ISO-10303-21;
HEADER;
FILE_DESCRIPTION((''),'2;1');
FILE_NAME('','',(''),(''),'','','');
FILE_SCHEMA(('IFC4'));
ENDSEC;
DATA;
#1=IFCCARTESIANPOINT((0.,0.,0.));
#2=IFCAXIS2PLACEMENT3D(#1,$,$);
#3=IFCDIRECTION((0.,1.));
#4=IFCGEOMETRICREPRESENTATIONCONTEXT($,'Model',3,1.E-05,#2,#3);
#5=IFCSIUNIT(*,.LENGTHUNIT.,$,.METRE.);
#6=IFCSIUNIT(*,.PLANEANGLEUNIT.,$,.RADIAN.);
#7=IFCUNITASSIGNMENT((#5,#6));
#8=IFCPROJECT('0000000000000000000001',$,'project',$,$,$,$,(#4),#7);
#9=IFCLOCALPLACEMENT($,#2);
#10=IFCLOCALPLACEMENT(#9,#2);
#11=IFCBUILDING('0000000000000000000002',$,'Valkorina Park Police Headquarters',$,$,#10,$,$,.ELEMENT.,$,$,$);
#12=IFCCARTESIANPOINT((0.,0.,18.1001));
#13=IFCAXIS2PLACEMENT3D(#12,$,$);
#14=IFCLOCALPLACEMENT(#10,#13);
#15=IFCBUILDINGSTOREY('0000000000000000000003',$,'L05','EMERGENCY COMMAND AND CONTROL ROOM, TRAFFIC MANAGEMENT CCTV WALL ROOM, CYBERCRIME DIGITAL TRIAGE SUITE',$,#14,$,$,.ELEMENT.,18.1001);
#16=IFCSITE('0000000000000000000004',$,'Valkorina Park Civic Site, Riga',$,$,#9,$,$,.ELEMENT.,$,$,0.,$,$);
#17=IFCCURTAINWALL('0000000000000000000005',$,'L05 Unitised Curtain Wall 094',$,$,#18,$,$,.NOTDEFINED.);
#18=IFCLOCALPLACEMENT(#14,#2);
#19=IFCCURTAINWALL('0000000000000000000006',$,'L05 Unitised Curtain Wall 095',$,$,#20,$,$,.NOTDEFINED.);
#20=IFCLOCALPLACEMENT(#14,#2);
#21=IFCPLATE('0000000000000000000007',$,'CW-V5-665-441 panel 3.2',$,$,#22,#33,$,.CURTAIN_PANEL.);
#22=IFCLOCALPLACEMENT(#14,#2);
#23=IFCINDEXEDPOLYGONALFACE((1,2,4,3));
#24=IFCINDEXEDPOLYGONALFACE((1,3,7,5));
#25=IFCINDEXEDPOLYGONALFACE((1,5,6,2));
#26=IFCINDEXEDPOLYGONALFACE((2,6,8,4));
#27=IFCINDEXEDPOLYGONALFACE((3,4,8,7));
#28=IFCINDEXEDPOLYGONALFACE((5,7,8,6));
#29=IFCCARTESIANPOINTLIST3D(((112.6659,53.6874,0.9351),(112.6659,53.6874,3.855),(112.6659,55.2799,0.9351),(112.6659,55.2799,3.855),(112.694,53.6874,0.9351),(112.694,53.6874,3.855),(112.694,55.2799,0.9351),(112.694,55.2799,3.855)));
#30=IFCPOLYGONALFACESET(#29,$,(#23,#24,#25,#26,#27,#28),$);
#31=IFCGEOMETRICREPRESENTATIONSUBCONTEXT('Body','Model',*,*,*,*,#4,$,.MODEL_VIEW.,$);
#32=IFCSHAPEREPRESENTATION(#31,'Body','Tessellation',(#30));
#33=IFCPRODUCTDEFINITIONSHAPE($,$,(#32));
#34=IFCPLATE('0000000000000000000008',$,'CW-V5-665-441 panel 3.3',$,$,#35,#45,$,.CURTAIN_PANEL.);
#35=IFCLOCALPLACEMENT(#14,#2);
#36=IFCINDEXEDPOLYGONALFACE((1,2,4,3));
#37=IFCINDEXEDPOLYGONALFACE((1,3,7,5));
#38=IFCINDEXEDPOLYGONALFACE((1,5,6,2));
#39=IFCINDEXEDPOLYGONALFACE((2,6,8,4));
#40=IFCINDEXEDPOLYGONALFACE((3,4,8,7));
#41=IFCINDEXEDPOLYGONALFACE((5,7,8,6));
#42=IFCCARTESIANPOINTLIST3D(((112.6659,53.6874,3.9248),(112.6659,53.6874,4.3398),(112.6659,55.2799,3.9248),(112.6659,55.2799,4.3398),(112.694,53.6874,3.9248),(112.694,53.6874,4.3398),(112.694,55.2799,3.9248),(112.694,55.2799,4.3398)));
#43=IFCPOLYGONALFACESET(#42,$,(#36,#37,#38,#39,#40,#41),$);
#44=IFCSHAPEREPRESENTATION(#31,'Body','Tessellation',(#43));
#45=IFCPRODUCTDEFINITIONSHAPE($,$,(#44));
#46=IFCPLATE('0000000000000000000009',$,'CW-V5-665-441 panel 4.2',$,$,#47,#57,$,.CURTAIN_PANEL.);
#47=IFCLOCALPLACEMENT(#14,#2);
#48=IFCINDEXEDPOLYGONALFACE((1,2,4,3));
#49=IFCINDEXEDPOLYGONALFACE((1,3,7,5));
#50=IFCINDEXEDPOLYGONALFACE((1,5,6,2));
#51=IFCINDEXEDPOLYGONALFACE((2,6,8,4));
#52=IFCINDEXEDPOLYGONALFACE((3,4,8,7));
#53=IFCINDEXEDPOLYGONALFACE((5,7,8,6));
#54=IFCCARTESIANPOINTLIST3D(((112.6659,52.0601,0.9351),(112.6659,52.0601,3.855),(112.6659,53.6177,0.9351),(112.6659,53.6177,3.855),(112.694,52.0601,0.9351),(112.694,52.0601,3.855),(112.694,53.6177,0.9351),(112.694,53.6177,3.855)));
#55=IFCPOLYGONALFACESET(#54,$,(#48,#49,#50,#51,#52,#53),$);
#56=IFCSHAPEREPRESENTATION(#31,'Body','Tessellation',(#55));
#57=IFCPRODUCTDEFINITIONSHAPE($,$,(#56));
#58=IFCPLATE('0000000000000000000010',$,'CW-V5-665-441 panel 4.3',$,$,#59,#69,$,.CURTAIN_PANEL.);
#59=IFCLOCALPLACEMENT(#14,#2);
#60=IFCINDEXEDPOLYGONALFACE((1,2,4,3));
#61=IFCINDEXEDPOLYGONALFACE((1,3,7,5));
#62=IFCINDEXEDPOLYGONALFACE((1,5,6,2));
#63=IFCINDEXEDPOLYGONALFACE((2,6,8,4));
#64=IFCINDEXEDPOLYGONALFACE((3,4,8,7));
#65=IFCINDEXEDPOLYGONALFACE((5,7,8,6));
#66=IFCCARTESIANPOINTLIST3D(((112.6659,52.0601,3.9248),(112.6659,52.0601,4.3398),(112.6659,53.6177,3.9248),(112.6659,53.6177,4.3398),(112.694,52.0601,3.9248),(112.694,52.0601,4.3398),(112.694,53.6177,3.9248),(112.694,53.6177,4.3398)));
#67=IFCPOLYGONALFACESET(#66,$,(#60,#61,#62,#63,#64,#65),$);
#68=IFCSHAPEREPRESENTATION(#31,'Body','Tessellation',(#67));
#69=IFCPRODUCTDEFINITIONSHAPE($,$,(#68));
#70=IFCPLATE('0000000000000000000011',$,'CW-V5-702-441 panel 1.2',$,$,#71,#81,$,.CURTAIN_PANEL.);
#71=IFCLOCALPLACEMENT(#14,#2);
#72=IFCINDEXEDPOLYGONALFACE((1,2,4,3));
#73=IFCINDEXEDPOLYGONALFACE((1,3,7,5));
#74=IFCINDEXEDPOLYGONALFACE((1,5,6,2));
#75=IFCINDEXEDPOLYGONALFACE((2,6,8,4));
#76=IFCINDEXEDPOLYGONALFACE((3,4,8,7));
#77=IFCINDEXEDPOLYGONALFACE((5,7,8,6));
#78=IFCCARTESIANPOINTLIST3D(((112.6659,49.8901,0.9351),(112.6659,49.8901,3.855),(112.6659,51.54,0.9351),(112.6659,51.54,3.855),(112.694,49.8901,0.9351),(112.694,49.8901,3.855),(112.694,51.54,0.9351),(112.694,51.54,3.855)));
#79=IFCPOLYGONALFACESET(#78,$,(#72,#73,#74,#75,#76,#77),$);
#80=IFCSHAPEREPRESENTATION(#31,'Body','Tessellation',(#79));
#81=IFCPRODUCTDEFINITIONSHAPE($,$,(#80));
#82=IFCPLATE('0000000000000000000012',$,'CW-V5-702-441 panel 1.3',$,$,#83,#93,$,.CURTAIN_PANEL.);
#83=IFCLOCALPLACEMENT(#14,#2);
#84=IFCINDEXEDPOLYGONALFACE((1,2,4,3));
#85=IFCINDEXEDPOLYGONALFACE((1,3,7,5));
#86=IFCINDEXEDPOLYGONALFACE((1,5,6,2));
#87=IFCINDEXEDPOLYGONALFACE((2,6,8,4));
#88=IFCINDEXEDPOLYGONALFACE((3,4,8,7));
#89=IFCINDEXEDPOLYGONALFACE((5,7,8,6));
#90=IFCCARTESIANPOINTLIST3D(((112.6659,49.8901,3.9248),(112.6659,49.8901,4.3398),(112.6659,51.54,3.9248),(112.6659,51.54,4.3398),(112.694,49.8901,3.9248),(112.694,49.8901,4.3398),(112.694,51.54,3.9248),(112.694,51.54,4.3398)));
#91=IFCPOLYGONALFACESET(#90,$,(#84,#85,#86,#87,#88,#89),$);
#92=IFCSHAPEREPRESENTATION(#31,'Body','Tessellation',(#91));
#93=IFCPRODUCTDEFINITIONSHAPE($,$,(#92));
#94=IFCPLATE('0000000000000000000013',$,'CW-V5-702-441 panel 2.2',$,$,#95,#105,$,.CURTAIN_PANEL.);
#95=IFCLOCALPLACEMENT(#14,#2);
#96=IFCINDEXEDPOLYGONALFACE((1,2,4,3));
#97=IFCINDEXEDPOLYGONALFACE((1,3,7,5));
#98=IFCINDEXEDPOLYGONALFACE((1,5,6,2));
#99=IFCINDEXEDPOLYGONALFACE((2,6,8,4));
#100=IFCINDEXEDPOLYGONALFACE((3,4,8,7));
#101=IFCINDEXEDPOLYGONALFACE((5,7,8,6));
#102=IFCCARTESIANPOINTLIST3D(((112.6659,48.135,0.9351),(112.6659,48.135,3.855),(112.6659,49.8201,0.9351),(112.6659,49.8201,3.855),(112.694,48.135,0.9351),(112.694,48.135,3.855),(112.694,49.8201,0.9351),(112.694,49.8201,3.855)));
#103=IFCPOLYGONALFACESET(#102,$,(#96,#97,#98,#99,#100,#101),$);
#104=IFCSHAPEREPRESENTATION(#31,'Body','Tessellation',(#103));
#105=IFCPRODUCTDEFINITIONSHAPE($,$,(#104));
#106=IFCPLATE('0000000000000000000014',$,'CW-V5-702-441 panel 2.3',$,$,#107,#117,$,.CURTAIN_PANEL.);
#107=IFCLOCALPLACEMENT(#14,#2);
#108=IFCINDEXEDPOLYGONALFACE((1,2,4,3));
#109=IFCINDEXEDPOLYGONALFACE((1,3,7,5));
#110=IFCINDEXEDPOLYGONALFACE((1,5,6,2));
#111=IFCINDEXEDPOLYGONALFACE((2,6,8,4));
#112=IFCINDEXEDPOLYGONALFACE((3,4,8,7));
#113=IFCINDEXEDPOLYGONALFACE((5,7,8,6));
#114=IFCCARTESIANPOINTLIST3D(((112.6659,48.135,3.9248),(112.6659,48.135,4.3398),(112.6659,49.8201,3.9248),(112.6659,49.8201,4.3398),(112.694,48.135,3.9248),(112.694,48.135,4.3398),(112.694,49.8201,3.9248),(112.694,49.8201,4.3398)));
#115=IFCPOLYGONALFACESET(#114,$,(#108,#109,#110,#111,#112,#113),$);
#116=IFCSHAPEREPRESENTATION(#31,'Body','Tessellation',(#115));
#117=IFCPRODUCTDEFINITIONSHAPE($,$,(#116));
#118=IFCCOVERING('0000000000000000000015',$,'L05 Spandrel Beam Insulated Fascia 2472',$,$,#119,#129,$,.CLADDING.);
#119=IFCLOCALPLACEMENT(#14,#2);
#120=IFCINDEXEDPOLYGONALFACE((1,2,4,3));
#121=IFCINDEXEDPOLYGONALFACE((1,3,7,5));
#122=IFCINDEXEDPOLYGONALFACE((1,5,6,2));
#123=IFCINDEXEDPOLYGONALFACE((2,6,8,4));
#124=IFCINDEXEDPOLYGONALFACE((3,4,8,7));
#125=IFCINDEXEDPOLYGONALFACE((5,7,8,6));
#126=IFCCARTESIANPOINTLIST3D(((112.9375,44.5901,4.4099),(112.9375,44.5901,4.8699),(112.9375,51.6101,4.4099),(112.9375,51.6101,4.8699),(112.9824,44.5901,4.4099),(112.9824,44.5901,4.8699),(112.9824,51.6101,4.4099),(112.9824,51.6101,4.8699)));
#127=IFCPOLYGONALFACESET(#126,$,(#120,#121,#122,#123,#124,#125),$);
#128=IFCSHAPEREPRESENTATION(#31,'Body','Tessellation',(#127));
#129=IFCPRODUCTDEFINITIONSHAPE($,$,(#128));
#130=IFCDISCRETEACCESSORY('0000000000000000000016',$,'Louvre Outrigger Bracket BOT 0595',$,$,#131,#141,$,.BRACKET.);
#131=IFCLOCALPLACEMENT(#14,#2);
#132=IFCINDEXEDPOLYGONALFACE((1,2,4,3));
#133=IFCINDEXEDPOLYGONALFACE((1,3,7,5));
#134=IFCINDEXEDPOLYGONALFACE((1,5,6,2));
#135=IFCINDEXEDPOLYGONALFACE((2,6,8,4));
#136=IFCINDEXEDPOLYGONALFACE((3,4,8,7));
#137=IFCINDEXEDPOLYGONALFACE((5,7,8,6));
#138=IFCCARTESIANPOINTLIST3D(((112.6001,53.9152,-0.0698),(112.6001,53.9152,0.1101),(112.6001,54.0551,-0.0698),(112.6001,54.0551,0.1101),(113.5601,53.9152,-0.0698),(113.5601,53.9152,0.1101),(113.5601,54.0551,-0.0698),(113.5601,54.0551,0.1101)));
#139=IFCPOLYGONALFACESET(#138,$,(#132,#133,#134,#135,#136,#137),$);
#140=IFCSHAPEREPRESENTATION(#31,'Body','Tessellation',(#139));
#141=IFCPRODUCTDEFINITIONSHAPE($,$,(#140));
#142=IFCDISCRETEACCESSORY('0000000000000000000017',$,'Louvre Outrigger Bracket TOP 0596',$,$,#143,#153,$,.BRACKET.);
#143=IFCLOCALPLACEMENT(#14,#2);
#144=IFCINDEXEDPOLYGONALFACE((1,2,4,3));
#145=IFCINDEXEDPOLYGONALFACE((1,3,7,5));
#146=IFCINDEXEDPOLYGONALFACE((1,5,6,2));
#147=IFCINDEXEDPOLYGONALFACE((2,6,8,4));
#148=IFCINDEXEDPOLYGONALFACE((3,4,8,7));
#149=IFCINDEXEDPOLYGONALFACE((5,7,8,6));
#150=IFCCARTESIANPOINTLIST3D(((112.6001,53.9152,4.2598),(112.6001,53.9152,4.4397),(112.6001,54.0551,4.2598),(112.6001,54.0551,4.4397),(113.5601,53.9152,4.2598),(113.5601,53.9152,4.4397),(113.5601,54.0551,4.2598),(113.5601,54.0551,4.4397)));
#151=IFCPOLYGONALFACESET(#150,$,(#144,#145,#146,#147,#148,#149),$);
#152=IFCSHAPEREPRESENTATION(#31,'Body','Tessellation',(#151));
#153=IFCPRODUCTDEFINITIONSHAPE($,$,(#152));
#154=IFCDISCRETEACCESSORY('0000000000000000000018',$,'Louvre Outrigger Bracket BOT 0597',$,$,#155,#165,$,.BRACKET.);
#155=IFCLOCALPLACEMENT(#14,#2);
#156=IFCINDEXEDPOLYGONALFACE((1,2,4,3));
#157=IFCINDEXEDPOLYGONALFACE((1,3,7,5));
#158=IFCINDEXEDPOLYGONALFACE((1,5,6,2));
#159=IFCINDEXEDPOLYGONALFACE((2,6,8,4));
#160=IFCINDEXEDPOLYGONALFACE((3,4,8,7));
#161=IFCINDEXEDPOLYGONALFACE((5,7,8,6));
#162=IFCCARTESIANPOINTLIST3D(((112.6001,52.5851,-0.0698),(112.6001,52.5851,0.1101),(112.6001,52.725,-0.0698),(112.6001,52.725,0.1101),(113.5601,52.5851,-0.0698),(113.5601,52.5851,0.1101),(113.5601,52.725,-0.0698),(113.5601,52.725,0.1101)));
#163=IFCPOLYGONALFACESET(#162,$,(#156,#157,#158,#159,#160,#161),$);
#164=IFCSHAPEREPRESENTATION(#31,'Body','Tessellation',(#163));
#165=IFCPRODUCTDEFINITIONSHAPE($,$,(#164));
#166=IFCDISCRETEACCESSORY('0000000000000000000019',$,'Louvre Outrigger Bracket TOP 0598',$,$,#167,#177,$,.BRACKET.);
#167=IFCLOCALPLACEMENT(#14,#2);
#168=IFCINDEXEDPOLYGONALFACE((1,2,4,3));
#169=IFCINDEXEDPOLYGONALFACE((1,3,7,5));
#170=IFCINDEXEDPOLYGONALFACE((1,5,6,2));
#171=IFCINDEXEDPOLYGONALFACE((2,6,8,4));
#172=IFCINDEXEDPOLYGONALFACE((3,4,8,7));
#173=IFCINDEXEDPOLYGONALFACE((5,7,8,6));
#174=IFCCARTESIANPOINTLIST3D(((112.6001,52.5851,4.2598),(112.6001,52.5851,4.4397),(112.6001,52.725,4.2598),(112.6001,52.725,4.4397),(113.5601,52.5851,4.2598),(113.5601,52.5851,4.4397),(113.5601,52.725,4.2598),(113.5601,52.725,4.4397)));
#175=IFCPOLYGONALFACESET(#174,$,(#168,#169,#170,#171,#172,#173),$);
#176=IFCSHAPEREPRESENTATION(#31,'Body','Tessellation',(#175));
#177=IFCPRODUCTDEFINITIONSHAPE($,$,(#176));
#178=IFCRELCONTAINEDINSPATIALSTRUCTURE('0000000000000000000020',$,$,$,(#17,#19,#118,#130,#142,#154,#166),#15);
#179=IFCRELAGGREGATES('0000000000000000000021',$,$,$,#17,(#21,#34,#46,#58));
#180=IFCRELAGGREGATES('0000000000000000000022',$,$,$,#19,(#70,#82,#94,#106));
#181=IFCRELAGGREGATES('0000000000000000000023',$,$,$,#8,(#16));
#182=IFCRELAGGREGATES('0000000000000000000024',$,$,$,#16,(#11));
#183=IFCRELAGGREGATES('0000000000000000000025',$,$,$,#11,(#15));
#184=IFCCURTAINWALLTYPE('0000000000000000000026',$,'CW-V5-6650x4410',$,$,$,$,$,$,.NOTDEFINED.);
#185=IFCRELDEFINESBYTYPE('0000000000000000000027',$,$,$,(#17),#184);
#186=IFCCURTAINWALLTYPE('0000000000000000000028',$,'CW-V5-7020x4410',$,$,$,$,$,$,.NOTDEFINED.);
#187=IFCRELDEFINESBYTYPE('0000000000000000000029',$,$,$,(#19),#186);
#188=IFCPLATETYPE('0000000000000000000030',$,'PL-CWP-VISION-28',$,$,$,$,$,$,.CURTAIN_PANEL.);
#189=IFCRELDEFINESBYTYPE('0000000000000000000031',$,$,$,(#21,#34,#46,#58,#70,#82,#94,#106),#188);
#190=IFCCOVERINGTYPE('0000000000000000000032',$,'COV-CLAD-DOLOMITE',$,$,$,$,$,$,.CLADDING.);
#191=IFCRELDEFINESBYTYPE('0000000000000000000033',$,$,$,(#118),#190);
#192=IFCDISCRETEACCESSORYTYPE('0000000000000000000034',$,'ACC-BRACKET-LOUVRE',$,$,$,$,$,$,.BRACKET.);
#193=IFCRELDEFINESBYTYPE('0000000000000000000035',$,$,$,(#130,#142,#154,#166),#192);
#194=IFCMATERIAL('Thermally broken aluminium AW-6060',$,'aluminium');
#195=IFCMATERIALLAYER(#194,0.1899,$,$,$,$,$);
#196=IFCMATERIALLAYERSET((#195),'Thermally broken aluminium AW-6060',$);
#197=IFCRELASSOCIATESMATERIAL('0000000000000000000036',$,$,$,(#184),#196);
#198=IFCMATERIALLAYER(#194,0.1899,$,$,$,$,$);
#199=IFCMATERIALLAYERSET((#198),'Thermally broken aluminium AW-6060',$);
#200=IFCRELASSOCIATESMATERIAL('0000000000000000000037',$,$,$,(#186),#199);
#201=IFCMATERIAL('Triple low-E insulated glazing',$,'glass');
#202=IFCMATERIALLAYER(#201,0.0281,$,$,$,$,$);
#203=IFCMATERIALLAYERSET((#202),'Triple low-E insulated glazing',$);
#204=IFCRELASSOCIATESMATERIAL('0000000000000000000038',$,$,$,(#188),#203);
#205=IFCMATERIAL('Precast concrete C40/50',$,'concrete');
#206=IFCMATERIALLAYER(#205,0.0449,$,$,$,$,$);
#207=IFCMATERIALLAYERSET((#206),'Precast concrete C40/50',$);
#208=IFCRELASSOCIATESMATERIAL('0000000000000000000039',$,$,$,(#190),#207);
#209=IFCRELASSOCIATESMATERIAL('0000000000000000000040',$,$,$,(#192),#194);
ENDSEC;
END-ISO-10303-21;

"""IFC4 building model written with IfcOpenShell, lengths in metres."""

from ifc_helpers import new_model, si_unit, direction, frame, frame_2d, origin, origin_2d, place, context, subcontext, project, spatial, rectangle, extrude, material, layer, layer_set, type_object, element, aggregate, save


model = new_model("IFC4")

# Units and contexts
model_context = context("Model", 3, precision=1e-05, world=origin(), true_north=direction((0.0, 1.0)))
body_context = subcontext(model_context, "Body", "Model", "MODEL_VIEW")
ifc_project = project(units=[si_unit("LENGTHUNIT", "METRE"), si_unit("PLANEANGLEUNIT", "RADIAN")], contexts=[model_context])

# Site, building, storey
site_placement = place(None, origin())
site = spatial("IfcSite", under=ifc_project, at=site_placement, Name="Valkorina Park Civic Site, Riga", CompositionType="ELEMENT", RefElevation=0.0)
building_placement = place(site_placement, origin())
building = spatial("IfcBuilding", under=site, at=building_placement, Name="Valkorina Park Police Headquarters", CompositionType="ELEMENT")
storey_placement = place(building_placement, frame((0.0, 0.0, 18.1001)))
storey = spatial("IfcBuildingStorey", under=building, at=storey_placement, Name="L05", Description="EMERGENCY COMMAND AND CONTROL ROOM, TRAFFIC MANAGEMENT CCTV WALL ROOM, CYBERCRIME DIGITAL TRIAGE SUITE", CompositionType="ELEMENT", Elevation=18.1001)

# Curtain walls
ifc_material_1 = material(Name="Thermally broken aluminium AW-6060", Category="aluminium")
ifc_layer_1 = layer(ifc_material_1, 0.1899)
ifc_layer_set_1 = layer_set([ifc_layer_1], Name="Thermally broken aluminium AW-6060")
curtain_wall_type_1 = type_object("IfcCurtainWallType", Name="CW-V5-6650x4410", PredefinedType="NOTDEFINED", material=ifc_layer_set_1)
curtain_wall_1_placement = place(storey_placement, origin())
curtain_wall_1 = element("IfcCurtainWall", 1, at=curtain_wall_1_placement, inside=storey, type_object=curtain_wall_type_1, Name="L05 Unitised Curtain Wall 094", PredefinedType="NOTDEFINED")
ifc_layer_2 = layer(ifc_material_1, 0.1899)
ifc_layer_set_2 = layer_set([ifc_layer_2], Name="Thermally broken aluminium AW-6060")
curtain_wall_type_2 = type_object("IfcCurtainWallType", Name="CW-V5-7020x4410", PredefinedType="NOTDEFINED", material=ifc_layer_set_2)
curtain_wall_2_placement = place(storey_placement, origin())
curtain_wall_2 = element("IfcCurtainWall", 2, at=curtain_wall_2_placement, inside=storey, type_object=curtain_wall_type_2, Name="L05 Unitised Curtain Wall 095", PredefinedType="NOTDEFINED")

# Plates
ifc_material_2 = material(Name="Triple low-E insulated glazing", Category="glass")
ifc_layer_3 = layer(ifc_material_2, 0.0281)
ifc_layer_set_3 = layer_set([ifc_layer_3], Name="Triple low-E insulated glazing")
plate_type_1 = type_object("IfcPlateType", Name="PL-CWP-VISION-28", PredefinedType="CURTAIN_PANEL", material=ifc_layer_set_3)
plate_1_placement = place(storey_placement, frame((112.6799, 54.4836, 0.9351), z_axis=(0.0, 0.0, 1.0), x_axis=(0.0, -1.0, 0.0)))
plate_1 = element("IfcPlate", 3, at=plate_1_placement, type_object=plate_type_1, Name="CW-V5-665-441 panel 3.2", PredefinedType="CURTAIN_PANEL", context=body_context, shape_type="SweptSolid", body=[
    extrude(rectangle(XDim=1.5925, YDim=0.0281, at=origin_2d()), origin(), (0.0, 0.0, 1.0), 2.9199),
])
plate_2_placement = place(storey_placement, frame((112.6799, 54.4836, 3.9248), z_axis=(0.0, 0.0, 1.0), x_axis=(0.0, -1.0, 0.0)))
plate_2 = element("IfcPlate", 4, at=plate_2_placement, type_object=plate_type_1, Name="CW-V5-665-441 panel 3.3", PredefinedType="CURTAIN_PANEL", context=body_context, shape_type="SweptSolid", body=[
    extrude(rectangle(XDim=1.5925, YDim=0.0281, at=origin_2d()), origin(), (0.0, 0.0, 1.0), 0.415),
])
plate_3_placement = place(storey_placement, frame((112.6799, 52.8389, 0.9351), z_axis=(0.0, 0.0, 1.0), x_axis=(0.0, -1.0, 0.0)))
plate_3 = element("IfcPlate", 5, at=plate_3_placement, type_object=plate_type_1, Name="CW-V5-665-441 panel 4.2", PredefinedType="CURTAIN_PANEL", context=body_context, shape_type="SweptSolid", body=[
    extrude(rectangle(XDim=1.5576, YDim=0.0281, at=origin_2d()), origin(), (0.0, 0.0, 1.0), 2.9199),
])
plate_4_placement = place(storey_placement, frame((112.6799, 52.8389, 3.9248), z_axis=(0.0, 0.0, 1.0), x_axis=(0.0, -1.0, 0.0)))
plate_4 = element("IfcPlate", 6, at=plate_4_placement, type_object=plate_type_1, Name="CW-V5-665-441 panel 4.3", PredefinedType="CURTAIN_PANEL", context=body_context, shape_type="SweptSolid", body=[
    extrude(rectangle(XDim=1.5576, YDim=0.0281, at=origin_2d()), origin(), (0.0, 0.0, 1.0), 0.415),
])
aggregate(curtain_wall_1, [plate_1, plate_2, plate_3, plate_4])
plate_5_placement = place(storey_placement, frame((112.6799, 50.7151, 0.9351), z_axis=(0.0, 0.0, 1.0), x_axis=(0.0, -1.0, 0.0)))
plate_5 = element("IfcPlate", 7, at=plate_5_placement, type_object=plate_type_1, Name="CW-V5-702-441 panel 1.2", PredefinedType="CURTAIN_PANEL", context=body_context, shape_type="SweptSolid", body=[
    extrude(rectangle(XDim=1.6499, YDim=0.0281, at=origin_2d()), origin(), (0.0, 0.0, 1.0), 2.9199),
])
plate_6_placement = place(storey_placement, frame((112.6799, 50.7151, 3.9248), z_axis=(0.0, 0.0, 1.0), x_axis=(0.0, -1.0, 0.0)))
plate_6 = element("IfcPlate", 8, at=plate_6_placement, type_object=plate_type_1, Name="CW-V5-702-441 panel 1.3", PredefinedType="CURTAIN_PANEL", context=body_context, shape_type="SweptSolid", body=[
    extrude(rectangle(XDim=1.6499, YDim=0.0281, at=origin_2d()), origin(), (0.0, 0.0, 1.0), 0.415),
])
plate_7_placement = place(storey_placement, frame((112.6799, 48.9775, 0.9351), z_axis=(0.0, 0.0, 1.0), x_axis=(0.0, -1.0, 0.0)))
plate_7 = element("IfcPlate", 9, at=plate_7_placement, type_object=plate_type_1, Name="CW-V5-702-441 panel 2.2", PredefinedType="CURTAIN_PANEL", context=body_context, shape_type="SweptSolid", body=[
    extrude(rectangle(XDim=1.6851, YDim=0.0281, at=origin_2d()), origin(), (0.0, 0.0, 1.0), 2.9199),
])
plate_8_placement = place(storey_placement, frame((112.6799, 48.9775, 3.9248), z_axis=(0.0, 0.0, 1.0), x_axis=(0.0, -1.0, 0.0)))
plate_8 = element("IfcPlate", 10, at=plate_8_placement, type_object=plate_type_1, Name="CW-V5-702-441 panel 2.3", PredefinedType="CURTAIN_PANEL", context=body_context, shape_type="SweptSolid", body=[
    extrude(rectangle(XDim=1.6851, YDim=0.0281, at=origin_2d()), origin(), (0.0, 0.0, 1.0), 0.415),
])
aggregate(curtain_wall_2, [plate_5, plate_6, plate_7, plate_8])

# Covering
ifc_material_3 = material(Name="Precast concrete C40/50", Category="concrete")
ifc_layer_4 = layer(ifc_material_3, 0.0449)
ifc_layer_set_4 = layer_set([ifc_layer_4], Name="Precast concrete C40/50")
covering_type = type_object("IfcCoveringType", Name="COV-CLAD-DOLOMITE", PredefinedType="CLADDING", material=ifc_layer_set_4)
covering_placement = place(storey_placement, frame((112.96, 51.6101, 4.4099), z_axis=(0.0, 0.0, 1.0), x_axis=(0.0, -1.0, 0.0)))
element("IfcCovering", 11, at=covering_placement, inside=storey, type_object=covering_type, Name="L05 Spandrel Beam Insulated Fascia 2472", PredefinedType="CLADDING", context=body_context, shape_type="SweptSolid", body=[
    extrude(rectangle(XDim=7.02, YDim=0.0449, at=frame_2d((3.51, 0.0))), origin(), (0.0, 0.0, 1.0), 0.46),
])

# Discrete accessories
discrete_accessory_type = type_object("IfcDiscreteAccessoryType", Name="ACC-BRACKET-LOUVRE", PredefinedType="BRACKET", material=ifc_material_1)
for number, where, z_axis, x_axis, name in (
    (12, (113.0801, 53.9851, -0.0698), (0.0, 0.0, 1.0), (1.0, 0.0, 0.0), "Louvre Outrigger Bracket BOT 0595"),
    (13, (113.0801, 53.9851, 4.2598), (0.0, 0.0, 1.0), (1.0, 0.0, 0.0), "Louvre Outrigger Bracket TOP 0596"),
    (14, (113.0801, 52.655, -0.0698), (0.0, 0.0, 1.0), (1.0, 0.0, 0.0), "Louvre Outrigger Bracket BOT 0597"),
    (15, (113.0801, 52.655, 4.2598), (0.0, 0.0, 1.0), (1.0, 0.0, 0.0), "Louvre Outrigger Bracket TOP 0598"),
):
    element("IfcDiscreteAccessory", number, at=place(storey_placement, frame(where, z_axis=z_axis, x_axis=x_axis)), inside=storey, type_object=discrete_accessory_type, Name=name, PredefinedType="BRACKET", context=body_context, shape_type="SweptSolid", body=[
        extrude(rectangle(XDim=0.96, YDim=0.1399, at=origin_2d()), origin(), (0.0, 0.0, 1.0), 0.1799),
    ])

save(model, "model.ifc")
